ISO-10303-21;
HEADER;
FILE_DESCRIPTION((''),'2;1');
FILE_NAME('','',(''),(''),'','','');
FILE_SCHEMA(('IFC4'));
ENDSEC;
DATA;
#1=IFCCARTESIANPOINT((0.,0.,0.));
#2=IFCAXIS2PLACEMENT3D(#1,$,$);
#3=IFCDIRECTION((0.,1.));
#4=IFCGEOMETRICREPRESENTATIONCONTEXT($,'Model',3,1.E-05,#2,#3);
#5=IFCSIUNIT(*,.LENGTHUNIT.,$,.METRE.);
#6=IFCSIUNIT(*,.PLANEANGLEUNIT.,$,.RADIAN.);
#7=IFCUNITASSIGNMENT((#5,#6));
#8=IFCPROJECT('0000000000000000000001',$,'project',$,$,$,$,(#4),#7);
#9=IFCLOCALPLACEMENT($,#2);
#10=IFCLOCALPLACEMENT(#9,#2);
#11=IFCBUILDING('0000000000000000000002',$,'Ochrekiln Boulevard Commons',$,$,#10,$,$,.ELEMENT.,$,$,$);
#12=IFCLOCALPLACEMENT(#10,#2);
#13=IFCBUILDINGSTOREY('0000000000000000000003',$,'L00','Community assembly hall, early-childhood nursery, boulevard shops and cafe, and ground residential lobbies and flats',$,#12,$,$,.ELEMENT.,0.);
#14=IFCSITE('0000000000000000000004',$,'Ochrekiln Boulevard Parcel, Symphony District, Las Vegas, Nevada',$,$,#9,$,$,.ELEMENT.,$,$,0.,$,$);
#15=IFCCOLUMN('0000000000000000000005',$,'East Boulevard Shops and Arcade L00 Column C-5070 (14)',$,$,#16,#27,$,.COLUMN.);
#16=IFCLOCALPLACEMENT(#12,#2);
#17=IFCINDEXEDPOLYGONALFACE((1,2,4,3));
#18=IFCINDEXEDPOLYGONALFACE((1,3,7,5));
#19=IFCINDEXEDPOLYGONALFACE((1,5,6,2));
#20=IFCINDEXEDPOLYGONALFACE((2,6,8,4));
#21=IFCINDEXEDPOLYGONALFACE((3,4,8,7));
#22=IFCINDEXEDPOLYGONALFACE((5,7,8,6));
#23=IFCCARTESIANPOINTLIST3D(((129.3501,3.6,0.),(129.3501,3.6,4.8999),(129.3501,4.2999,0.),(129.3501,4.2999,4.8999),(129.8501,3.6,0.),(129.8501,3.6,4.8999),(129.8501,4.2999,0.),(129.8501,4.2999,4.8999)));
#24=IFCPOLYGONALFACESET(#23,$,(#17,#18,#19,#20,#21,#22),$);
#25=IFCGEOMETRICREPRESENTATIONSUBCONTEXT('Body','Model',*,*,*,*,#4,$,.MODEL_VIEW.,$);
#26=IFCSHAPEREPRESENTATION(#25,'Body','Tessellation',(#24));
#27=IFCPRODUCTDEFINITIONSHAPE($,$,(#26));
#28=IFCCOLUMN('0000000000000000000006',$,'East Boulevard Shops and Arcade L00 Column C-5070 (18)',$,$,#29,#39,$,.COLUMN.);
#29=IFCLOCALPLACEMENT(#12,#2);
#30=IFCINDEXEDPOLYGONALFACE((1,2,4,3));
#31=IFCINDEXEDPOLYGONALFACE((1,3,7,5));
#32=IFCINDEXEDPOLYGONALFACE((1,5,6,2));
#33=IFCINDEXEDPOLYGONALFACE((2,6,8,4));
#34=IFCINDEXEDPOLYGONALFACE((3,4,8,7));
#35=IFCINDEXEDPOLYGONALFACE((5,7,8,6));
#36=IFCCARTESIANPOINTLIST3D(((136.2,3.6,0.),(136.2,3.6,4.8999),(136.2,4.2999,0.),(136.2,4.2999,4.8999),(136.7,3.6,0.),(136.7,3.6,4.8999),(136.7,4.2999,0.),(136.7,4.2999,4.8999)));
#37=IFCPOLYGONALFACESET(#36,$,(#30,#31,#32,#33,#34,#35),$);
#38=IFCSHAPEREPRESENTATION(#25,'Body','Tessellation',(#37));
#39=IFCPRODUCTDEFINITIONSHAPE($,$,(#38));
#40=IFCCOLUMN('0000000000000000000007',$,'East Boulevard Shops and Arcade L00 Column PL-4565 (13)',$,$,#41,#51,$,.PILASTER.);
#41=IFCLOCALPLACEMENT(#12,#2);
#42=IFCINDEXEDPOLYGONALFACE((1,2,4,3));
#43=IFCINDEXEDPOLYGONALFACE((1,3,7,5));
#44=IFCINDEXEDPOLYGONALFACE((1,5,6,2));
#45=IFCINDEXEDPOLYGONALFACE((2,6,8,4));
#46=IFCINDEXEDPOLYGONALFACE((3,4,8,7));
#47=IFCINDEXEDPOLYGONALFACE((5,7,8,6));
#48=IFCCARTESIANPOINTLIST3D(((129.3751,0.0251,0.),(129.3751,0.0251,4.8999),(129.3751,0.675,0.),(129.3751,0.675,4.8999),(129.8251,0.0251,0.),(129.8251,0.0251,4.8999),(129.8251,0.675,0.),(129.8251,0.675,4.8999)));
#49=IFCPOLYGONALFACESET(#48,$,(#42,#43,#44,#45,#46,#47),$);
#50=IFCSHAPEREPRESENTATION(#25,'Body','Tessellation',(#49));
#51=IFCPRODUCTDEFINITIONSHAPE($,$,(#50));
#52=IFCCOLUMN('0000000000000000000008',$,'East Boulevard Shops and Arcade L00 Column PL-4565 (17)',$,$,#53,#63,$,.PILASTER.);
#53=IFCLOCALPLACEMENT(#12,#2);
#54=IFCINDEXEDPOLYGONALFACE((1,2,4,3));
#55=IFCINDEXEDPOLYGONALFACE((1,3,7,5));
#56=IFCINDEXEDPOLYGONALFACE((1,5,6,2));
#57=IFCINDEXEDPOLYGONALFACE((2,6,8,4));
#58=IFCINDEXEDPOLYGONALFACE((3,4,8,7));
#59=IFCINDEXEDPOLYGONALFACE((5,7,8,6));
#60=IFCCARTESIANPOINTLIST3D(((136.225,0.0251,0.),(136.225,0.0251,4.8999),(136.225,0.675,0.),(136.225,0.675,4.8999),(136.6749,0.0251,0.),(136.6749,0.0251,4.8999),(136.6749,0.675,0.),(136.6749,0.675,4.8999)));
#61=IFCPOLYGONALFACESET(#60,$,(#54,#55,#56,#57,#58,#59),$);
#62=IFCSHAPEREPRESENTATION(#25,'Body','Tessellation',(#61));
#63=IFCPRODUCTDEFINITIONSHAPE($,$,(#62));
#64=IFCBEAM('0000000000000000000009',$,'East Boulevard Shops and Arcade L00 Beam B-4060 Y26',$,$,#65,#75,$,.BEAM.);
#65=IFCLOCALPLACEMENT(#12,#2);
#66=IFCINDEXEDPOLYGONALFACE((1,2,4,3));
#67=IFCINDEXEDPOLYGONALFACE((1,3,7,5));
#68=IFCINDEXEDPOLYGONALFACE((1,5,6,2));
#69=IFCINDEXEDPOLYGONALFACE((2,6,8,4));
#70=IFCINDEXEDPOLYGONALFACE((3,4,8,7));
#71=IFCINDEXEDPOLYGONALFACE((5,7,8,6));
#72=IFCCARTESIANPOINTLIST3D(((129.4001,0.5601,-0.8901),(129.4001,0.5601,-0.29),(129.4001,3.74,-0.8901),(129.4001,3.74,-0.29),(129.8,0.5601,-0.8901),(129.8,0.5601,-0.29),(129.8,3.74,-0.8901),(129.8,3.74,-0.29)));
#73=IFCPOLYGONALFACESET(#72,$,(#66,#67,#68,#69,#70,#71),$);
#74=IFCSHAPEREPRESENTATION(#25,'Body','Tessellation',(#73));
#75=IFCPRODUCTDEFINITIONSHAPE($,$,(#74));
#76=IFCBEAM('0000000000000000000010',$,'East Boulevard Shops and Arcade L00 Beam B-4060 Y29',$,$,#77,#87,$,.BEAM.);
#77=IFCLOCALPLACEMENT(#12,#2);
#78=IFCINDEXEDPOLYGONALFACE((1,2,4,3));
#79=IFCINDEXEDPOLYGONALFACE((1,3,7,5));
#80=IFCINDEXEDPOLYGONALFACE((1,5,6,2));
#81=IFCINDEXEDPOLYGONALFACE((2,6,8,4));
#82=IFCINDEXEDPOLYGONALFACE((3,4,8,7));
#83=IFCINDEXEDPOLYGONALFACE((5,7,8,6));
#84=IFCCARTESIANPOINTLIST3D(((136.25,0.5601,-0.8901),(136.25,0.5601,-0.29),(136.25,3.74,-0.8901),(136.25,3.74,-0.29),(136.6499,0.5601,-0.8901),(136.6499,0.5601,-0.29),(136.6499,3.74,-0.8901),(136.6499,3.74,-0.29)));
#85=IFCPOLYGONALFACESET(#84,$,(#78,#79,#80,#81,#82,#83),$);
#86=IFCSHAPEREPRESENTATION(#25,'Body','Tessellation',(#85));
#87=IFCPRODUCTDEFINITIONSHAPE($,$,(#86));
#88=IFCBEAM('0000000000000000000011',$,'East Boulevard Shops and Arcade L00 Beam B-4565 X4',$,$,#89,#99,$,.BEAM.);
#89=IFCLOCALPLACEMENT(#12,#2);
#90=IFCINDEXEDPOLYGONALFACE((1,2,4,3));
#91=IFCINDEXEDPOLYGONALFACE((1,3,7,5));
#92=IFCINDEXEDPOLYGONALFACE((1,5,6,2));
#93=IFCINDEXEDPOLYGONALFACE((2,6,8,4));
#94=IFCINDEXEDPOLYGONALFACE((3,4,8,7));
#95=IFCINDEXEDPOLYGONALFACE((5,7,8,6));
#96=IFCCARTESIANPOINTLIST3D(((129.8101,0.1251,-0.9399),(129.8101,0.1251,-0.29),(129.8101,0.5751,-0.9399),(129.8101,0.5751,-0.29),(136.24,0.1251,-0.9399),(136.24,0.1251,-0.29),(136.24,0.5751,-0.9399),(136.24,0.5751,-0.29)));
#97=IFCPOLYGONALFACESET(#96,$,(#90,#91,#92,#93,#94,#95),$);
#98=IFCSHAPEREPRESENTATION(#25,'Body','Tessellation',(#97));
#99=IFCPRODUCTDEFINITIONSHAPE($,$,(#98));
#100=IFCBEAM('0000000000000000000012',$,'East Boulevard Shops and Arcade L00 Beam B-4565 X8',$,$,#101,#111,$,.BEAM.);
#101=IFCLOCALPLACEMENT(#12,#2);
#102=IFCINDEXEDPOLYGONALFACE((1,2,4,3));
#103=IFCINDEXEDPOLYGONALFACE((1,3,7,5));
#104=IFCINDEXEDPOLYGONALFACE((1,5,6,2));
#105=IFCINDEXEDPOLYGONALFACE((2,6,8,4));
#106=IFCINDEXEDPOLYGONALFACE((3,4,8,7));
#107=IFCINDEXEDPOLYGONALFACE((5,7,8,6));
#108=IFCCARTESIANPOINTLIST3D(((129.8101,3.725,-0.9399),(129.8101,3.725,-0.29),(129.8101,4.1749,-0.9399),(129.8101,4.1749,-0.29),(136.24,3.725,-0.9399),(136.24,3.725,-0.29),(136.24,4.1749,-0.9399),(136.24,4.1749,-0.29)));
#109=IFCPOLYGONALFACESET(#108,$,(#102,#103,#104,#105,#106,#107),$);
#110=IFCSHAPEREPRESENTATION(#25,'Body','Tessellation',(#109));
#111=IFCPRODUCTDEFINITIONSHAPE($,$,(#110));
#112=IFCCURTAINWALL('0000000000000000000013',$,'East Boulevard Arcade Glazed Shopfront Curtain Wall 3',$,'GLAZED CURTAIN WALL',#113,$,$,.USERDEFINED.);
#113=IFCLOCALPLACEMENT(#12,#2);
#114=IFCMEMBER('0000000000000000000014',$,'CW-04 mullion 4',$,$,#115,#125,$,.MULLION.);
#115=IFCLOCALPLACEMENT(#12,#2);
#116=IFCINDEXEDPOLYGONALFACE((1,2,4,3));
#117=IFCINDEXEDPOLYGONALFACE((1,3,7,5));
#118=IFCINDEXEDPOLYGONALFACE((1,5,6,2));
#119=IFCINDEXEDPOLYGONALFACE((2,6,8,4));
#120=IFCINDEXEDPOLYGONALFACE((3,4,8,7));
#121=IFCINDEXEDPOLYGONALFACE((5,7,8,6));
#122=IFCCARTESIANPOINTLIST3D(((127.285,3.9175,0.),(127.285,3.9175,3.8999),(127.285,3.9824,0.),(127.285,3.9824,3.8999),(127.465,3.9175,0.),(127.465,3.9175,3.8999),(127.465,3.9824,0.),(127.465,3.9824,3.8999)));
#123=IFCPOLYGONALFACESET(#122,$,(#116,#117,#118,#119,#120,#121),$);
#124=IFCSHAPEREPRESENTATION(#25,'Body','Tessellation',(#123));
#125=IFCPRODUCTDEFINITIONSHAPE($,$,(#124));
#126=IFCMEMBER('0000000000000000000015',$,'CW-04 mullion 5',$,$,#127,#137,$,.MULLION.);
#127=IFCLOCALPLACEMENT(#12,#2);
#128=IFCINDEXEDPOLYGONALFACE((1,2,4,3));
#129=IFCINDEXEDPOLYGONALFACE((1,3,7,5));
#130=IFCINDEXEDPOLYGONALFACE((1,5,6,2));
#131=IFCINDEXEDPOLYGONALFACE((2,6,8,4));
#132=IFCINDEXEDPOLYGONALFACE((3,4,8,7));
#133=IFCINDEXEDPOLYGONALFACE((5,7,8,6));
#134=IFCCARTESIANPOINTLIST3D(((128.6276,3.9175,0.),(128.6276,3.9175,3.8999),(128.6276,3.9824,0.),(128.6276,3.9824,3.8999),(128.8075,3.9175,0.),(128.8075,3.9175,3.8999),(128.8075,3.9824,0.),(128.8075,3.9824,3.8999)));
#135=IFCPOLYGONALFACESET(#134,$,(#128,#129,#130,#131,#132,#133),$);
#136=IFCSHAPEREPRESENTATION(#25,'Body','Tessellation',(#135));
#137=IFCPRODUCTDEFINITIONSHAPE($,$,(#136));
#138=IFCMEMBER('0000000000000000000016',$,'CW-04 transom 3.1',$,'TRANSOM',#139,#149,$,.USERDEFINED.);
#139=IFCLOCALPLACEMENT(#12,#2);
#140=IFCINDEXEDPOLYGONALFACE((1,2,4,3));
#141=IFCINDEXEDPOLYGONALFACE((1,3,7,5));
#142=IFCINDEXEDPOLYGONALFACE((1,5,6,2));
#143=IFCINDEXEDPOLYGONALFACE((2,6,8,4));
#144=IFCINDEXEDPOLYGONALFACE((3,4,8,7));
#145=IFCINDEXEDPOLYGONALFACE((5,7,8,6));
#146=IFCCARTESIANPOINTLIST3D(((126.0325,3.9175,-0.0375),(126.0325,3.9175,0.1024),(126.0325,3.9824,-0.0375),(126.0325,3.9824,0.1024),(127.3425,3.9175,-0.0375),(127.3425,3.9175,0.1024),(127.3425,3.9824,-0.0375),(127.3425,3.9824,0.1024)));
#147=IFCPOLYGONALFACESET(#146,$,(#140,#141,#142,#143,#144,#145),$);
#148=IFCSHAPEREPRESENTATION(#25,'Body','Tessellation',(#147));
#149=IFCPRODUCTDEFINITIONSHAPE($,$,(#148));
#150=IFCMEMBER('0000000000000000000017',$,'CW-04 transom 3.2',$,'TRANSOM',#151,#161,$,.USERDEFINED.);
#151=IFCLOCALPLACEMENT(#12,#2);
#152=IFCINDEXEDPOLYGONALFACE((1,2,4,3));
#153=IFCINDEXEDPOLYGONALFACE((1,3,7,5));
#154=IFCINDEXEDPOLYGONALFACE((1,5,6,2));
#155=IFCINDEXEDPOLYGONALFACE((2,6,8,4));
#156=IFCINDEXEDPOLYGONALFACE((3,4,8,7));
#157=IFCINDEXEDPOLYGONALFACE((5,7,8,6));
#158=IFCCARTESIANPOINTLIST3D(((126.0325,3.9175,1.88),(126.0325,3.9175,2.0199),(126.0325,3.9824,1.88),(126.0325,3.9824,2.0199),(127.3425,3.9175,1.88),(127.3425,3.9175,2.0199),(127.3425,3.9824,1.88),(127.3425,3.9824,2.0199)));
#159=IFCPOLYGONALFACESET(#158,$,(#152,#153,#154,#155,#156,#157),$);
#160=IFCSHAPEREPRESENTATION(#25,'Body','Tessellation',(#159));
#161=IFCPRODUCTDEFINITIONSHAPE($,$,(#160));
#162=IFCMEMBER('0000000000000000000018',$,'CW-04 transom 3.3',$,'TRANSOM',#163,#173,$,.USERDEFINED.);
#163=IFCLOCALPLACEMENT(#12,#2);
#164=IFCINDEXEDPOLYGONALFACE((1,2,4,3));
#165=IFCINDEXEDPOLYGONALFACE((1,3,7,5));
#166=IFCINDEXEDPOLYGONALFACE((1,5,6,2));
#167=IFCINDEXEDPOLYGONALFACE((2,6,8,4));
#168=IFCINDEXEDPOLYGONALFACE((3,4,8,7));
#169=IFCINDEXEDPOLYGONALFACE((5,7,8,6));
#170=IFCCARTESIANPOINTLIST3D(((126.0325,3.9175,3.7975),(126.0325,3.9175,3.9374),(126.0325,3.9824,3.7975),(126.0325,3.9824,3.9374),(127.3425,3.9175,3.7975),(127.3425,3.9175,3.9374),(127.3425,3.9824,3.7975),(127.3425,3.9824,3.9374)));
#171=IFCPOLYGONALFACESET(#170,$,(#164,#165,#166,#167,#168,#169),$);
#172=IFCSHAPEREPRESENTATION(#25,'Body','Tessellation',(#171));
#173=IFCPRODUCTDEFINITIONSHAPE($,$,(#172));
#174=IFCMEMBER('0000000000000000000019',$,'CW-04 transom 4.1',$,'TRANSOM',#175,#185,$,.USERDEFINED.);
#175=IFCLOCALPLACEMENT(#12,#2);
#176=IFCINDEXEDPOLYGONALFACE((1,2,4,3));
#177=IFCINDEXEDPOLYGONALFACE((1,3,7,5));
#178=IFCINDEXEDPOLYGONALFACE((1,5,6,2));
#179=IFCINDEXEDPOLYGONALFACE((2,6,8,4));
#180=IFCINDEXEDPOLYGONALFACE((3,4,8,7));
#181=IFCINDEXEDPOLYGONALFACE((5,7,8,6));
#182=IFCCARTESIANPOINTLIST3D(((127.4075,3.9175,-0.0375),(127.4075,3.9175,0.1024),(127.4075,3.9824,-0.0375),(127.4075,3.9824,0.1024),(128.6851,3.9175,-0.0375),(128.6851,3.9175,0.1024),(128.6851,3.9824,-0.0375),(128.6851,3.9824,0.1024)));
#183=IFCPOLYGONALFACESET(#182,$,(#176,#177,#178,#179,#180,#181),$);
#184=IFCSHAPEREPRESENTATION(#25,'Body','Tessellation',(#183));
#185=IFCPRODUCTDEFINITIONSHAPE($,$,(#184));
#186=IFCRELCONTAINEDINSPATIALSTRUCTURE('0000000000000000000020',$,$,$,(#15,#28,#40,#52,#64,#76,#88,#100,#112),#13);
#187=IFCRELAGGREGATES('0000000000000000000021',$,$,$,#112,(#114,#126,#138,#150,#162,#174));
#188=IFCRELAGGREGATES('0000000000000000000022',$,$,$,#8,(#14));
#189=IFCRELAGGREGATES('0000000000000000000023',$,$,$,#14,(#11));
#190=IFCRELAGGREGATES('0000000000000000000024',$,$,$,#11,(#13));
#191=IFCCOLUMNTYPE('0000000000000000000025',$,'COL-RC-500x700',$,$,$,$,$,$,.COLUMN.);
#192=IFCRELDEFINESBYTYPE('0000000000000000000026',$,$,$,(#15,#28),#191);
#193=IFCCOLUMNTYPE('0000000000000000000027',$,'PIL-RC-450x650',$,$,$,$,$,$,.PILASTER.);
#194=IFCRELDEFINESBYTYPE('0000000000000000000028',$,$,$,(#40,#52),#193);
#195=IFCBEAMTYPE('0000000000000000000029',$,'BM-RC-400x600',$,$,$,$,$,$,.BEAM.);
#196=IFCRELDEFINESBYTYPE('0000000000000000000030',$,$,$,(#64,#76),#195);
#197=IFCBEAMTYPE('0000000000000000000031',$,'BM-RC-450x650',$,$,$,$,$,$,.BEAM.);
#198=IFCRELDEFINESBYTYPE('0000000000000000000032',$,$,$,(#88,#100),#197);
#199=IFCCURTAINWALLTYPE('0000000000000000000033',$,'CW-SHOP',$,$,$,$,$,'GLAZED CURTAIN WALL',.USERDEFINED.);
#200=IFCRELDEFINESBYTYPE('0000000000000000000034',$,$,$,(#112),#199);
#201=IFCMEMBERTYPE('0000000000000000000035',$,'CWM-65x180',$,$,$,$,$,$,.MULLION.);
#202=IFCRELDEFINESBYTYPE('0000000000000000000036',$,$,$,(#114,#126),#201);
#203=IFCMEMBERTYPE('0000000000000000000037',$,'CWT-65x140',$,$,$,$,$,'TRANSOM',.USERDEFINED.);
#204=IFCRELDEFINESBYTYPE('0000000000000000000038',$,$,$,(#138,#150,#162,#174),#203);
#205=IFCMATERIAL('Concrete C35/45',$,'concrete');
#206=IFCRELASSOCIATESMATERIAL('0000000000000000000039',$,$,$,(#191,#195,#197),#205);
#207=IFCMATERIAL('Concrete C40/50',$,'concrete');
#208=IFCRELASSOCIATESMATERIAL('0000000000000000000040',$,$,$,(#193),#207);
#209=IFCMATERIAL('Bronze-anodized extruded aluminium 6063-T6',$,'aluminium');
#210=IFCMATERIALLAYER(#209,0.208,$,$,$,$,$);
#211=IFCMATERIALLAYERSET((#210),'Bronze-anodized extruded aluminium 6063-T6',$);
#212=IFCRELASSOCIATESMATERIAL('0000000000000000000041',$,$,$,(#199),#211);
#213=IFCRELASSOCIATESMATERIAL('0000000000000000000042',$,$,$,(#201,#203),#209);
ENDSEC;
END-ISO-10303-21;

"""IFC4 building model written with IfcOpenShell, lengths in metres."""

from ifc_helpers import new_model, si_unit, direction, frame, origin, origin_2d, place, context, subcontext, project, spatial, rectangle, extrude, material, layer, layer_set, material_profile, profile_set, type_object, element, aggregate, save


model = new_model("IFC4")

# Units and contexts
model_context = context("Model", 3, precision=1e-05, world=origin(), true_north=direction((0.0, 1.0)))
body_context = subcontext(model_context, "Body", "Model", "MODEL_VIEW")
ifc_project = project(units=[si_unit("LENGTHUNIT", "METRE"), si_unit("PLANEANGLEUNIT", "RADIAN")], contexts=[model_context])

# Site, building, storey
site_placement = place(None, origin())
site = spatial("IfcSite", under=ifc_project, at=site_placement, Name="Ochrekiln Boulevard Parcel, Symphony District, Las Vegas, Nevada", CompositionType="ELEMENT", RefElevation=0.0)
building_placement = place(site_placement, origin())
building = spatial("IfcBuilding", under=site, at=building_placement, Name="Ochrekiln Boulevard Commons", CompositionType="ELEMENT")
storey_placement = place(building_placement, origin())
storey = spatial("IfcBuildingStorey", under=building, at=storey_placement, Name="L00", Description="Community assembly hall, early-childhood nursery, boulevard shops and cafe, and ground residential lobbies and flats", CompositionType="ELEMENT", Elevation=0.0)

# Columns
ifc_material_1 = material(Name="Concrete C35/45", Category="concrete")
ifc_material_profile_1 = material_profile(ifc_material_1, rectangle(XDim=0.5, YDim=0.7, at=origin_2d()), Name="RC-COL-500x700")
ifc_profile_set_1 = profile_set([ifc_material_profile_1], Name="Concrete C35/45")
column_type_1 = type_object("IfcColumnType", Name="COL-RC-500x700", PredefinedType="COLUMN", material=ifc_profile_set_1)
for number, where, z_axis, x_axis, name in (
    (1, (129.6001, 3.95, 0.0), (0.0, 0.0, 1.0), (1.0, 0.0, 0.0), "East Boulevard Shops and Arcade L00 Column C-5070 (14)"),
    (2, (136.45, 3.95, 0.0), (0.0, 0.0, 1.0), (1.0, 0.0, 0.0), "East Boulevard Shops and Arcade L00 Column C-5070 (18)"),
):
    element("IfcColumn", number, at=place(storey_placement, frame(where, z_axis=z_axis, x_axis=x_axis)), inside=storey, type_object=column_type_1, Name=name, PredefinedType="COLUMN", context=body_context, shape_type="SweptSolid", body=[
        extrude(rectangle(XDim=0.5, YDim=0.7, at=origin_2d()), origin(), (0.0, 0.0, 1.0), 4.8999),
    ])
ifc_material_2 = material(Name="Concrete C40/50", Category="concrete")
ifc_material_profile_2 = material_profile(ifc_material_2, rectangle(XDim=0.45, YDim=0.6499, at=origin_2d()), Name="RC-PIL-450x650")
ifc_profile_set_2 = profile_set([ifc_material_profile_2], Name="Concrete C40/50")
column_type_2 = type_object("IfcColumnType", Name="PIL-RC-450x650", PredefinedType="PILASTER", material=ifc_profile_set_2)
for number, where, z_axis, x_axis, name in (
    (3, (129.6001, 0.3501, 0.0), (0.0, 0.0, 1.0), (1.0, 0.0, 0.0), "East Boulevard Shops and Arcade L00 Column PL-4565 (13)"),
    (4, (136.45, 0.3501, 0.0), (0.0, 0.0, 1.0), (1.0, 0.0, 0.0), "East Boulevard Shops and Arcade L00 Column PL-4565 (17)"),
):
    element("IfcColumn", number, at=place(storey_placement, frame(where, z_axis=z_axis, x_axis=x_axis)), inside=storey, type_object=column_type_2, Name=name, PredefinedType="PILASTER", context=body_context, shape_type="SweptSolid", body=[
        extrude(rectangle(XDim=0.45, YDim=0.6499, at=origin_2d()), origin(), (0.0, 0.0, 1.0), 4.8999),
    ])

# Beams
ifc_material_profile_3 = material_profile(ifc_material_1, rectangle(XDim=0.3999, YDim=0.6001, at=origin_2d()), Name="RC-BM-400x600")
ifc_profile_set_3 = profile_set([ifc_material_profile_3], Name="Concrete C35/45")
beam_type_1 = type_object("IfcBeamType", Name="BM-RC-400x600", PredefinedType="BEAM", material=ifc_profile_set_3)
for number, where, z_axis, x_axis, name in (
    (5, (129.6001, 0.5601, -0.5901), (0.0, 1.0, 0.0), (-1.0, 0.0, 0.0), "East Boulevard Shops and Arcade L00 Beam B-4060 Y26"),
    (6, (136.45, 0.5601, -0.5901), (0.0, 1.0, 0.0), (-1.0, 0.0, 0.0), "East Boulevard Shops and Arcade L00 Beam B-4060 Y29"),
):
    element("IfcBeam", number, at=place(storey_placement, frame(where, z_axis=z_axis, x_axis=x_axis)), inside=storey, type_object=beam_type_1, Name=name, PredefinedType="BEAM", context=body_context, shape_type="SweptSolid", body=[
        extrude(rectangle(XDim=0.3999, YDim=0.6001, at=origin_2d()), origin(), (0.0, 0.0, 1.0), 3.1799),
    ])
ifc_material_profile_4 = material_profile(ifc_material_1, rectangle(XDim=0.45, YDim=0.6499, at=origin_2d()), Name="RC-BM-450x650")
ifc_profile_set_4 = profile_set([ifc_material_profile_4], Name="Concrete C35/45")
beam_type_2 = type_object("IfcBeamType", Name="BM-RC-450x650", PredefinedType="BEAM", material=ifc_profile_set_4)
for number, where, z_axis, x_axis, name in (
    (7, (129.8101, 0.3501, -0.615), (1.0, 0.0, 0.0), (0.0, 1.0, 0.0), "East Boulevard Shops and Arcade L00 Beam B-4565 X4"),
    (8, (129.8101, 3.95, -0.615), (1.0, 0.0, 0.0), (0.0, 1.0, 0.0), "East Boulevard Shops and Arcade L00 Beam B-4565 X8"),
):
    element("IfcBeam", number, at=place(storey_placement, frame(where, z_axis=z_axis, x_axis=x_axis)), inside=storey, type_object=beam_type_2, Name=name, PredefinedType="BEAM", context=body_context, shape_type="SweptSolid", body=[
        extrude(rectangle(XDim=0.45, YDim=0.6499, at=origin_2d()), origin(), (0.0, 0.0, 1.0), 6.4299),
    ])

# Curtain wall, members
ifc_material_3 = material(Name="Bronze-anodized extruded aluminium 6063-T6", Category="aluminium")
ifc_layer_1 = layer(ifc_material_3, 0.208)
ifc_layer_set_1 = layer_set([ifc_layer_1], Name="Bronze-anodized extruded aluminium 6063-T6")
curtain_wall_type = type_object("IfcCurtainWallType", Name="CW-SHOP", ElementType="GLAZED CURTAIN WALL", PredefinedType="USERDEFINED", material=ifc_layer_set_1)
curtain_wall_placement = place(storey_placement, origin())
curtain_wall = element("IfcCurtainWall", 9, at=curtain_wall_placement, inside=storey, type_object=curtain_wall_type, Name="East Boulevard Arcade Glazed Shopfront Curtain Wall 3", ObjectType="GLAZED CURTAIN WALL", PredefinedType="USERDEFINED")
ifc_material_profile_5 = material_profile(ifc_material_3, rectangle(XDim=0.0649, YDim=0.1799, at=origin_2d()), Name="ALU-MUL-65x180")
ifc_profile_set_5 = profile_set([ifc_material_profile_5], Name="Bronze-anodized extruded aluminium 6063-T6")
member_type_1 = type_object("IfcMemberType", Name="CWM-65x180", PredefinedType="MULLION", material=ifc_profile_set_5)
member_1_placement = place(storey_placement, frame((127.375, 3.95, 0.0), z_axis=(0.0, 0.0, 1.0), x_axis=(0.0, 1.0, 0.0)))
member_1 = element("IfcMember", 10, at=member_1_placement, type_object=member_type_1, Name="CW-04 mullion 4", PredefinedType="MULLION", context=body_context, shape_type="SweptSolid", body=[
    extrude(rectangle(XDim=0.0649, YDim=0.1799, at=origin_2d()), origin(), (0.0, 0.0, 1.0), 3.8999),
])
member_2_placement = place(storey_placement, frame((128.7175, 3.95, 0.0), z_axis=(0.0, 0.0, 1.0), x_axis=(0.0, 1.0, 0.0)))
member_2 = element("IfcMember", 11, at=member_2_placement, type_object=member_type_1, Name="CW-04 mullion 5", PredefinedType="MULLION", context=body_context, shape_type="SweptSolid", body=[
    extrude(rectangle(XDim=0.0649, YDim=0.1799, at=origin_2d()), origin(), (0.0, 0.0, 1.0), 3.8999),
])
ifc_material_profile_6 = material_profile(ifc_material_3, rectangle(XDim=0.0649, YDim=0.1399, at=origin_2d()), Name="ALU-TRN-65x140")
ifc_profile_set_6 = profile_set([ifc_material_profile_6], Name="Bronze-anodized extruded aluminium 6063-T6")
member_type_2 = type_object("IfcMemberType", Name="CWT-65x140", ElementType="TRANSOM", PredefinedType="USERDEFINED", material=ifc_profile_set_6)
member_3_placement = place(storey_placement, frame((126.0325, 3.95, 0.0325), z_axis=(1.0, 0.0, 0.0), x_axis=(0.0, 1.0, 0.0)))
member_3 = element("IfcMember", 12, at=member_3_placement, type_object=member_type_2, Name="CW-04 transom 3.1", ObjectType="TRANSOM", PredefinedType="USERDEFINED", context=body_context, shape_type="SweptSolid", body=[
    extrude(rectangle(XDim=0.0649, YDim=0.1399, at=origin_2d()), origin(), (0.0, 0.0, 1.0), 1.3101),
])
member_4_placement = place(storey_placement, frame((126.0325, 3.95, 1.95), z_axis=(1.0, 0.0, 0.0), x_axis=(0.0, 1.0, 0.0)))
member_4 = element("IfcMember", 13, at=member_4_placement, type_object=member_type_2, Name="CW-04 transom 3.2", ObjectType="TRANSOM", PredefinedType="USERDEFINED", context=body_context, shape_type="SweptSolid", body=[
    extrude(rectangle(XDim=0.0649, YDim=0.1399, at=origin_2d()), origin(), (0.0, 0.0, 1.0), 1.3101),
])
member_5_placement = place(storey_placement, frame((126.0325, 3.95, 3.8674), z_axis=(1.0, 0.0, 0.0), x_axis=(0.0, 1.0, 0.0)))
member_5 = element("IfcMember", 14, at=member_5_placement, type_object=member_type_2, Name="CW-04 transom 3.3", ObjectType="TRANSOM", PredefinedType="USERDEFINED", context=body_context, shape_type="SweptSolid", body=[
    extrude(rectangle(XDim=0.0649, YDim=0.1399, at=origin_2d()), origin(), (0.0, 0.0, 1.0), 1.3101),
])
member_6_placement = place(storey_placement, frame((127.4075, 3.95, 0.0325), z_axis=(1.0, 0.0, 0.0), x_axis=(0.0, 1.0, 0.0)))
member_6 = element("IfcMember", 15, at=member_6_placement, type_object=member_type_2, Name="CW-04 transom 4.1", ObjectType="TRANSOM", PredefinedType="USERDEFINED", context=body_context, shape_type="SweptSolid", body=[
    extrude(rectangle(XDim=0.0649, YDim=0.1399, at=origin_2d()), origin(), (0.0, 0.0, 1.0), 1.2776),
])

aggregate(curtain_wall, [member_1, member_2, member_3, member_4, member_5, member_6])

save(model, "model.ifc")
